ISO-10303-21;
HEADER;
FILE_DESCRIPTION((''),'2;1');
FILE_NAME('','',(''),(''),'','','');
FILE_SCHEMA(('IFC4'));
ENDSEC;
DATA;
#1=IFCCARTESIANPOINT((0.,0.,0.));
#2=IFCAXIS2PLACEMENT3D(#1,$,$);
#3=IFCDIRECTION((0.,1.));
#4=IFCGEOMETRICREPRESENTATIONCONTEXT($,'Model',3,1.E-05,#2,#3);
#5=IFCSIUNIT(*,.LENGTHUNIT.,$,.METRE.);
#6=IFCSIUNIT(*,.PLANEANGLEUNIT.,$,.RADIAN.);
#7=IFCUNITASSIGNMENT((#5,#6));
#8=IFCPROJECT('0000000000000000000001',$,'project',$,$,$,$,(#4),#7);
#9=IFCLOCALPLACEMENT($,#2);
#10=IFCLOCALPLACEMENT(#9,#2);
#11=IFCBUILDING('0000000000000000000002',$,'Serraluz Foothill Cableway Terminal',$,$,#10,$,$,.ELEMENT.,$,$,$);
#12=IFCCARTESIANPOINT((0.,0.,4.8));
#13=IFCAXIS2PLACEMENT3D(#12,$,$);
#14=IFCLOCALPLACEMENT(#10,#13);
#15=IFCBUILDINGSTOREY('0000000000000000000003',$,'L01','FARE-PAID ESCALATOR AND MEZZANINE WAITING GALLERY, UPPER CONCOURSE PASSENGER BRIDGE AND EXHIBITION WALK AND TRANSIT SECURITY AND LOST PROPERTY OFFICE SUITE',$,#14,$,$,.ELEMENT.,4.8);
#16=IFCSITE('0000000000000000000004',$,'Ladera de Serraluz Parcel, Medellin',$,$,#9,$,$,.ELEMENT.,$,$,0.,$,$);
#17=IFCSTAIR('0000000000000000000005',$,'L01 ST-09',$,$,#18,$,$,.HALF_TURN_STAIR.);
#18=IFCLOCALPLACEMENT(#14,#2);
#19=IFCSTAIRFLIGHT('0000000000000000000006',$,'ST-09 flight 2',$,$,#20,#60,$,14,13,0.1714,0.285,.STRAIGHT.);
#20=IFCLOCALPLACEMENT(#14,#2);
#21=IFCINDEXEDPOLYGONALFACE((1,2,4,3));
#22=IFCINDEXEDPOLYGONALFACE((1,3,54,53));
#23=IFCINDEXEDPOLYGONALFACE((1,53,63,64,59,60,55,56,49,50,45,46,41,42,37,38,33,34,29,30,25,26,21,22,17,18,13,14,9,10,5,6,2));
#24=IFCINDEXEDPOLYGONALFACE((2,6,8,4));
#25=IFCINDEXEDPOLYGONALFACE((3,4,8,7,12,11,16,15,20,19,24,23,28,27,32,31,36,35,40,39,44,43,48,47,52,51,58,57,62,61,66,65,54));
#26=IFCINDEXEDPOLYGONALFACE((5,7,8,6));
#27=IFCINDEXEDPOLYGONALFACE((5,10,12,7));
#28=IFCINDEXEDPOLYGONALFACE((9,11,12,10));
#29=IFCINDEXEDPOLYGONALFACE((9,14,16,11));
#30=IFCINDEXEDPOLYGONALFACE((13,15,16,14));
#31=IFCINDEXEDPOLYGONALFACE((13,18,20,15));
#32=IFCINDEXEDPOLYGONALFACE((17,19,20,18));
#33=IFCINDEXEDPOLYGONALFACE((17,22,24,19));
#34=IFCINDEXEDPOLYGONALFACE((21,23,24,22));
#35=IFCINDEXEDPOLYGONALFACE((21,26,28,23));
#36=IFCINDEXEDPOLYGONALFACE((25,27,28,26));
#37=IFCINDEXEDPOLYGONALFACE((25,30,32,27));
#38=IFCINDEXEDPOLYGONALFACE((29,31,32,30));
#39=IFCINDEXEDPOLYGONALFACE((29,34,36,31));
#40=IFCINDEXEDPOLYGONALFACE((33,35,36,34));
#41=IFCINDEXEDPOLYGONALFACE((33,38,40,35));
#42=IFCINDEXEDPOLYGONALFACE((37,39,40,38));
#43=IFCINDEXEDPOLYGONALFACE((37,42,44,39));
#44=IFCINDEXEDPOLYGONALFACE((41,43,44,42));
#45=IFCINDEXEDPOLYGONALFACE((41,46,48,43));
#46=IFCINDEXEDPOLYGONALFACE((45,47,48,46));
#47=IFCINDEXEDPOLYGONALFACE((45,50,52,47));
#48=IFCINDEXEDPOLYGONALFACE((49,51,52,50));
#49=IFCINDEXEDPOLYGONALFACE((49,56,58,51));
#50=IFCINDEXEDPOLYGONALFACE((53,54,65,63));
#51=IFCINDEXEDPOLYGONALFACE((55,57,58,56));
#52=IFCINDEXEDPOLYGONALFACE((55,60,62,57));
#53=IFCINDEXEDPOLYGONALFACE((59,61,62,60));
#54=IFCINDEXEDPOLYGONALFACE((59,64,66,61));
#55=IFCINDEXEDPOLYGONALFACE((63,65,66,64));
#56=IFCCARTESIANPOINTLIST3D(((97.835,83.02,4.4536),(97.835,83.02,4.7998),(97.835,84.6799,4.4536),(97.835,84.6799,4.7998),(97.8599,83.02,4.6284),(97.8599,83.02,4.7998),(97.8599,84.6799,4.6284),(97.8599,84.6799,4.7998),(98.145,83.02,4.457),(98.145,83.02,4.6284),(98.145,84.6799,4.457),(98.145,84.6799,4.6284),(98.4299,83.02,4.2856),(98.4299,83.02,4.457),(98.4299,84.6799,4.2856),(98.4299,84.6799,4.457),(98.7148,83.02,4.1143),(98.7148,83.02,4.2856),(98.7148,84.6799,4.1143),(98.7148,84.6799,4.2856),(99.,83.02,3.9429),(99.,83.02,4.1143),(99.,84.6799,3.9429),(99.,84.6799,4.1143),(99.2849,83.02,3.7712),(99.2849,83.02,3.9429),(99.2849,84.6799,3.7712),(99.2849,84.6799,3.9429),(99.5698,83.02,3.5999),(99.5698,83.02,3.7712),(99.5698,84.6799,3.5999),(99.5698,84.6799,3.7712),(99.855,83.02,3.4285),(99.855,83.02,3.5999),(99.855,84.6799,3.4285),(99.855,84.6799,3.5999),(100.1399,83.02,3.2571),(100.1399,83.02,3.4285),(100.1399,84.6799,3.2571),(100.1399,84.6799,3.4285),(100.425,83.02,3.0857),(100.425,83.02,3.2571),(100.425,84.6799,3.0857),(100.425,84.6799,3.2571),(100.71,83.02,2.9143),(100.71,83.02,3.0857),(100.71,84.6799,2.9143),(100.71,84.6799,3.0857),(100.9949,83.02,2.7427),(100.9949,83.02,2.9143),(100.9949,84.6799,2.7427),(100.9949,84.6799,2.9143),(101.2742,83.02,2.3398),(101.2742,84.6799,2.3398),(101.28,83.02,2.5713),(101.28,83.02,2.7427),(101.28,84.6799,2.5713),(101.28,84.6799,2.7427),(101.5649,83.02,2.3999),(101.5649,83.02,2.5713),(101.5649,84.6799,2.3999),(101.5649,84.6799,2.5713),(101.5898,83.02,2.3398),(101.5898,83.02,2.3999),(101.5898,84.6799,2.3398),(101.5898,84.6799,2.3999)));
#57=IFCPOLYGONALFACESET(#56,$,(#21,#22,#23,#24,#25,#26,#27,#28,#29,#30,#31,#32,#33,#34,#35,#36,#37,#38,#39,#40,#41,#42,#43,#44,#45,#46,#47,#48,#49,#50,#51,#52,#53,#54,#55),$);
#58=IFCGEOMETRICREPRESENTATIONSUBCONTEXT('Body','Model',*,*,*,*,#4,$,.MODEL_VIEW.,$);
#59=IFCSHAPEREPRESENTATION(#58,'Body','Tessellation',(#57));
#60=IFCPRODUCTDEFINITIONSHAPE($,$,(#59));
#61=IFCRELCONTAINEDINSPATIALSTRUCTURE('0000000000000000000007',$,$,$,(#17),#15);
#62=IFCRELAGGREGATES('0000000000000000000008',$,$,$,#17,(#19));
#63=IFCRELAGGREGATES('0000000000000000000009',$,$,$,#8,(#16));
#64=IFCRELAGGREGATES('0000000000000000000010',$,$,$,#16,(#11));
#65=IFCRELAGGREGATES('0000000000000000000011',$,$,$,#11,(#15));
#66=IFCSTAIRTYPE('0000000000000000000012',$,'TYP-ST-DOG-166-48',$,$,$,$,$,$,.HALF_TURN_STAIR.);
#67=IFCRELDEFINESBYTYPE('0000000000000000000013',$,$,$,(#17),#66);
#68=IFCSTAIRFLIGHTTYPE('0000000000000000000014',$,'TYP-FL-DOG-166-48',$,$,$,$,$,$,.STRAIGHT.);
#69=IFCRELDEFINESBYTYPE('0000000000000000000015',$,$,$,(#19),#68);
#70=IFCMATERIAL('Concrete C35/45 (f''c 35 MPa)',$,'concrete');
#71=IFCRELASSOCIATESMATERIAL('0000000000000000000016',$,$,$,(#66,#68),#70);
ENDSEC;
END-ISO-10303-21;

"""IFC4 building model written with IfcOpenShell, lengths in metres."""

from ifc_helpers import new_model, si_unit, direction, frame, origin, place, context, subcontext, project, spatial, polyline, outline, extrude, material, type_object, element, aggregate, save


model = new_model("IFC4")

# Units and contexts
model_context = context("Model", 3, precision=1e-05, world=origin(), true_north=direction((0.0, 1.0)))
body_context = subcontext(model_context, "Body", "Model", "MODEL_VIEW")
ifc_project = project(units=[si_unit("LENGTHUNIT", "METRE"), si_unit("PLANEANGLEUNIT", "RADIAN")], contexts=[model_context])

# Site, building, storey
site_placement = place(None, origin())
site = spatial("IfcSite", under=ifc_project, at=site_placement, Name="Ladera de Serraluz Parcel, Medellin", CompositionType="ELEMENT", RefElevation=0.0)
building_placement = place(site_placement, origin())
building = spatial("IfcBuilding", under=site, at=building_placement, Name="Serraluz Foothill Cableway Terminal", CompositionType="ELEMENT")
storey_placement = place(building_placement, frame((0.0, 0.0, 4.8)))
storey = spatial("IfcBuildingStorey", under=building, at=storey_placement, Name="L01", Description="FARE-PAID ESCALATOR AND MEZZANINE WAITING GALLERY, UPPER CONCOURSE PASSENGER BRIDGE AND EXHIBITION WALK AND TRANSIT SECURITY AND LOST PROPERTY OFFICE SUITE", CompositionType="ELEMENT", Elevation=4.8)

# Shared definitions
ifc_material_1 = material(Name="Concrete C35/45 (f'c 35 MPa)", Category="concrete")

# Stair, stair flight
stair_type = type_object("IfcStairType", Name="TYP-ST-DOG-166-48", PredefinedType="HALF_TURN_STAIR", material=ifc_material_1)
stair_placement = place(storey_placement, origin())
stair = element("IfcStair", 1, at=stair_placement, inside=storey, type_object=stair_type, Name="L01 ST-09", PredefinedType="HALF_TURN_STAIR")
stair_flight_type = type_object("IfcStairFlightType", Name="TYP-FL-DOG-166-48", PredefinedType="STRAIGHT", material=ifc_material_1)
stair_flight_1_placement = place(storey_placement, frame((101.5649, 83.8501, 2.3999), z_axis=(0.0, 0.0, 1.0), x_axis=(-1.0, 0.0, 0.0)))
stair_flight_1 = element("IfcStairFlight", 2, at=stair_flight_1_placement, type_object=stair_flight_type, Name="ST-09 flight 2", NumberOfRisers=14, NumberOfTreads=13, PredefinedType="STRAIGHT", RiserHeight=0.1714, TreadLength=0.285, context=body_context, shape_type="SweptSolid", body=[
    extrude(outline(polyline([(-0.0249, -0.0601), (-0.0249, 0.0), (0.0, 0.0), (0.0, 0.1714), (0.2849, 0.1714), (0.2849, 0.3428), (0.5701, 0.3428), (0.5701, 0.5144), (0.855, 0.5144), (0.855, 0.6858), (1.1399, 0.6858), (1.1399, 0.8572), (1.425, 0.8572), (1.425, 1.0286), (1.71, 1.0286), (1.71, 1.2), (1.9951, 1.2), (1.9951, 1.3713), (2.28, 1.3713), (2.28, 1.543), (2.5649, 1.543), (2.5649, 1.7144), (2.8501, 1.7144), (2.8501, 1.8857), (3.135, 1.8857), (3.135, 2.0571), (3.4199, 2.0571), (3.4199, 2.2285), (3.7051, 2.2285), (3.7051, 2.3999), (3.73, 2.3999), (3.73, 2.0537), (0.2908, -0.0601), (-0.0249, -0.0601)])), frame((0.0, 0.8301, 0.0), z_axis=(0.0, -1.0, 0.0), x_axis=(1.0, 0.0, 0.0)), (0.0, 0.0, 1.0), 1.6599),
])
aggregate(stair, [stair_flight_1])

save(model, "model.ifc")
